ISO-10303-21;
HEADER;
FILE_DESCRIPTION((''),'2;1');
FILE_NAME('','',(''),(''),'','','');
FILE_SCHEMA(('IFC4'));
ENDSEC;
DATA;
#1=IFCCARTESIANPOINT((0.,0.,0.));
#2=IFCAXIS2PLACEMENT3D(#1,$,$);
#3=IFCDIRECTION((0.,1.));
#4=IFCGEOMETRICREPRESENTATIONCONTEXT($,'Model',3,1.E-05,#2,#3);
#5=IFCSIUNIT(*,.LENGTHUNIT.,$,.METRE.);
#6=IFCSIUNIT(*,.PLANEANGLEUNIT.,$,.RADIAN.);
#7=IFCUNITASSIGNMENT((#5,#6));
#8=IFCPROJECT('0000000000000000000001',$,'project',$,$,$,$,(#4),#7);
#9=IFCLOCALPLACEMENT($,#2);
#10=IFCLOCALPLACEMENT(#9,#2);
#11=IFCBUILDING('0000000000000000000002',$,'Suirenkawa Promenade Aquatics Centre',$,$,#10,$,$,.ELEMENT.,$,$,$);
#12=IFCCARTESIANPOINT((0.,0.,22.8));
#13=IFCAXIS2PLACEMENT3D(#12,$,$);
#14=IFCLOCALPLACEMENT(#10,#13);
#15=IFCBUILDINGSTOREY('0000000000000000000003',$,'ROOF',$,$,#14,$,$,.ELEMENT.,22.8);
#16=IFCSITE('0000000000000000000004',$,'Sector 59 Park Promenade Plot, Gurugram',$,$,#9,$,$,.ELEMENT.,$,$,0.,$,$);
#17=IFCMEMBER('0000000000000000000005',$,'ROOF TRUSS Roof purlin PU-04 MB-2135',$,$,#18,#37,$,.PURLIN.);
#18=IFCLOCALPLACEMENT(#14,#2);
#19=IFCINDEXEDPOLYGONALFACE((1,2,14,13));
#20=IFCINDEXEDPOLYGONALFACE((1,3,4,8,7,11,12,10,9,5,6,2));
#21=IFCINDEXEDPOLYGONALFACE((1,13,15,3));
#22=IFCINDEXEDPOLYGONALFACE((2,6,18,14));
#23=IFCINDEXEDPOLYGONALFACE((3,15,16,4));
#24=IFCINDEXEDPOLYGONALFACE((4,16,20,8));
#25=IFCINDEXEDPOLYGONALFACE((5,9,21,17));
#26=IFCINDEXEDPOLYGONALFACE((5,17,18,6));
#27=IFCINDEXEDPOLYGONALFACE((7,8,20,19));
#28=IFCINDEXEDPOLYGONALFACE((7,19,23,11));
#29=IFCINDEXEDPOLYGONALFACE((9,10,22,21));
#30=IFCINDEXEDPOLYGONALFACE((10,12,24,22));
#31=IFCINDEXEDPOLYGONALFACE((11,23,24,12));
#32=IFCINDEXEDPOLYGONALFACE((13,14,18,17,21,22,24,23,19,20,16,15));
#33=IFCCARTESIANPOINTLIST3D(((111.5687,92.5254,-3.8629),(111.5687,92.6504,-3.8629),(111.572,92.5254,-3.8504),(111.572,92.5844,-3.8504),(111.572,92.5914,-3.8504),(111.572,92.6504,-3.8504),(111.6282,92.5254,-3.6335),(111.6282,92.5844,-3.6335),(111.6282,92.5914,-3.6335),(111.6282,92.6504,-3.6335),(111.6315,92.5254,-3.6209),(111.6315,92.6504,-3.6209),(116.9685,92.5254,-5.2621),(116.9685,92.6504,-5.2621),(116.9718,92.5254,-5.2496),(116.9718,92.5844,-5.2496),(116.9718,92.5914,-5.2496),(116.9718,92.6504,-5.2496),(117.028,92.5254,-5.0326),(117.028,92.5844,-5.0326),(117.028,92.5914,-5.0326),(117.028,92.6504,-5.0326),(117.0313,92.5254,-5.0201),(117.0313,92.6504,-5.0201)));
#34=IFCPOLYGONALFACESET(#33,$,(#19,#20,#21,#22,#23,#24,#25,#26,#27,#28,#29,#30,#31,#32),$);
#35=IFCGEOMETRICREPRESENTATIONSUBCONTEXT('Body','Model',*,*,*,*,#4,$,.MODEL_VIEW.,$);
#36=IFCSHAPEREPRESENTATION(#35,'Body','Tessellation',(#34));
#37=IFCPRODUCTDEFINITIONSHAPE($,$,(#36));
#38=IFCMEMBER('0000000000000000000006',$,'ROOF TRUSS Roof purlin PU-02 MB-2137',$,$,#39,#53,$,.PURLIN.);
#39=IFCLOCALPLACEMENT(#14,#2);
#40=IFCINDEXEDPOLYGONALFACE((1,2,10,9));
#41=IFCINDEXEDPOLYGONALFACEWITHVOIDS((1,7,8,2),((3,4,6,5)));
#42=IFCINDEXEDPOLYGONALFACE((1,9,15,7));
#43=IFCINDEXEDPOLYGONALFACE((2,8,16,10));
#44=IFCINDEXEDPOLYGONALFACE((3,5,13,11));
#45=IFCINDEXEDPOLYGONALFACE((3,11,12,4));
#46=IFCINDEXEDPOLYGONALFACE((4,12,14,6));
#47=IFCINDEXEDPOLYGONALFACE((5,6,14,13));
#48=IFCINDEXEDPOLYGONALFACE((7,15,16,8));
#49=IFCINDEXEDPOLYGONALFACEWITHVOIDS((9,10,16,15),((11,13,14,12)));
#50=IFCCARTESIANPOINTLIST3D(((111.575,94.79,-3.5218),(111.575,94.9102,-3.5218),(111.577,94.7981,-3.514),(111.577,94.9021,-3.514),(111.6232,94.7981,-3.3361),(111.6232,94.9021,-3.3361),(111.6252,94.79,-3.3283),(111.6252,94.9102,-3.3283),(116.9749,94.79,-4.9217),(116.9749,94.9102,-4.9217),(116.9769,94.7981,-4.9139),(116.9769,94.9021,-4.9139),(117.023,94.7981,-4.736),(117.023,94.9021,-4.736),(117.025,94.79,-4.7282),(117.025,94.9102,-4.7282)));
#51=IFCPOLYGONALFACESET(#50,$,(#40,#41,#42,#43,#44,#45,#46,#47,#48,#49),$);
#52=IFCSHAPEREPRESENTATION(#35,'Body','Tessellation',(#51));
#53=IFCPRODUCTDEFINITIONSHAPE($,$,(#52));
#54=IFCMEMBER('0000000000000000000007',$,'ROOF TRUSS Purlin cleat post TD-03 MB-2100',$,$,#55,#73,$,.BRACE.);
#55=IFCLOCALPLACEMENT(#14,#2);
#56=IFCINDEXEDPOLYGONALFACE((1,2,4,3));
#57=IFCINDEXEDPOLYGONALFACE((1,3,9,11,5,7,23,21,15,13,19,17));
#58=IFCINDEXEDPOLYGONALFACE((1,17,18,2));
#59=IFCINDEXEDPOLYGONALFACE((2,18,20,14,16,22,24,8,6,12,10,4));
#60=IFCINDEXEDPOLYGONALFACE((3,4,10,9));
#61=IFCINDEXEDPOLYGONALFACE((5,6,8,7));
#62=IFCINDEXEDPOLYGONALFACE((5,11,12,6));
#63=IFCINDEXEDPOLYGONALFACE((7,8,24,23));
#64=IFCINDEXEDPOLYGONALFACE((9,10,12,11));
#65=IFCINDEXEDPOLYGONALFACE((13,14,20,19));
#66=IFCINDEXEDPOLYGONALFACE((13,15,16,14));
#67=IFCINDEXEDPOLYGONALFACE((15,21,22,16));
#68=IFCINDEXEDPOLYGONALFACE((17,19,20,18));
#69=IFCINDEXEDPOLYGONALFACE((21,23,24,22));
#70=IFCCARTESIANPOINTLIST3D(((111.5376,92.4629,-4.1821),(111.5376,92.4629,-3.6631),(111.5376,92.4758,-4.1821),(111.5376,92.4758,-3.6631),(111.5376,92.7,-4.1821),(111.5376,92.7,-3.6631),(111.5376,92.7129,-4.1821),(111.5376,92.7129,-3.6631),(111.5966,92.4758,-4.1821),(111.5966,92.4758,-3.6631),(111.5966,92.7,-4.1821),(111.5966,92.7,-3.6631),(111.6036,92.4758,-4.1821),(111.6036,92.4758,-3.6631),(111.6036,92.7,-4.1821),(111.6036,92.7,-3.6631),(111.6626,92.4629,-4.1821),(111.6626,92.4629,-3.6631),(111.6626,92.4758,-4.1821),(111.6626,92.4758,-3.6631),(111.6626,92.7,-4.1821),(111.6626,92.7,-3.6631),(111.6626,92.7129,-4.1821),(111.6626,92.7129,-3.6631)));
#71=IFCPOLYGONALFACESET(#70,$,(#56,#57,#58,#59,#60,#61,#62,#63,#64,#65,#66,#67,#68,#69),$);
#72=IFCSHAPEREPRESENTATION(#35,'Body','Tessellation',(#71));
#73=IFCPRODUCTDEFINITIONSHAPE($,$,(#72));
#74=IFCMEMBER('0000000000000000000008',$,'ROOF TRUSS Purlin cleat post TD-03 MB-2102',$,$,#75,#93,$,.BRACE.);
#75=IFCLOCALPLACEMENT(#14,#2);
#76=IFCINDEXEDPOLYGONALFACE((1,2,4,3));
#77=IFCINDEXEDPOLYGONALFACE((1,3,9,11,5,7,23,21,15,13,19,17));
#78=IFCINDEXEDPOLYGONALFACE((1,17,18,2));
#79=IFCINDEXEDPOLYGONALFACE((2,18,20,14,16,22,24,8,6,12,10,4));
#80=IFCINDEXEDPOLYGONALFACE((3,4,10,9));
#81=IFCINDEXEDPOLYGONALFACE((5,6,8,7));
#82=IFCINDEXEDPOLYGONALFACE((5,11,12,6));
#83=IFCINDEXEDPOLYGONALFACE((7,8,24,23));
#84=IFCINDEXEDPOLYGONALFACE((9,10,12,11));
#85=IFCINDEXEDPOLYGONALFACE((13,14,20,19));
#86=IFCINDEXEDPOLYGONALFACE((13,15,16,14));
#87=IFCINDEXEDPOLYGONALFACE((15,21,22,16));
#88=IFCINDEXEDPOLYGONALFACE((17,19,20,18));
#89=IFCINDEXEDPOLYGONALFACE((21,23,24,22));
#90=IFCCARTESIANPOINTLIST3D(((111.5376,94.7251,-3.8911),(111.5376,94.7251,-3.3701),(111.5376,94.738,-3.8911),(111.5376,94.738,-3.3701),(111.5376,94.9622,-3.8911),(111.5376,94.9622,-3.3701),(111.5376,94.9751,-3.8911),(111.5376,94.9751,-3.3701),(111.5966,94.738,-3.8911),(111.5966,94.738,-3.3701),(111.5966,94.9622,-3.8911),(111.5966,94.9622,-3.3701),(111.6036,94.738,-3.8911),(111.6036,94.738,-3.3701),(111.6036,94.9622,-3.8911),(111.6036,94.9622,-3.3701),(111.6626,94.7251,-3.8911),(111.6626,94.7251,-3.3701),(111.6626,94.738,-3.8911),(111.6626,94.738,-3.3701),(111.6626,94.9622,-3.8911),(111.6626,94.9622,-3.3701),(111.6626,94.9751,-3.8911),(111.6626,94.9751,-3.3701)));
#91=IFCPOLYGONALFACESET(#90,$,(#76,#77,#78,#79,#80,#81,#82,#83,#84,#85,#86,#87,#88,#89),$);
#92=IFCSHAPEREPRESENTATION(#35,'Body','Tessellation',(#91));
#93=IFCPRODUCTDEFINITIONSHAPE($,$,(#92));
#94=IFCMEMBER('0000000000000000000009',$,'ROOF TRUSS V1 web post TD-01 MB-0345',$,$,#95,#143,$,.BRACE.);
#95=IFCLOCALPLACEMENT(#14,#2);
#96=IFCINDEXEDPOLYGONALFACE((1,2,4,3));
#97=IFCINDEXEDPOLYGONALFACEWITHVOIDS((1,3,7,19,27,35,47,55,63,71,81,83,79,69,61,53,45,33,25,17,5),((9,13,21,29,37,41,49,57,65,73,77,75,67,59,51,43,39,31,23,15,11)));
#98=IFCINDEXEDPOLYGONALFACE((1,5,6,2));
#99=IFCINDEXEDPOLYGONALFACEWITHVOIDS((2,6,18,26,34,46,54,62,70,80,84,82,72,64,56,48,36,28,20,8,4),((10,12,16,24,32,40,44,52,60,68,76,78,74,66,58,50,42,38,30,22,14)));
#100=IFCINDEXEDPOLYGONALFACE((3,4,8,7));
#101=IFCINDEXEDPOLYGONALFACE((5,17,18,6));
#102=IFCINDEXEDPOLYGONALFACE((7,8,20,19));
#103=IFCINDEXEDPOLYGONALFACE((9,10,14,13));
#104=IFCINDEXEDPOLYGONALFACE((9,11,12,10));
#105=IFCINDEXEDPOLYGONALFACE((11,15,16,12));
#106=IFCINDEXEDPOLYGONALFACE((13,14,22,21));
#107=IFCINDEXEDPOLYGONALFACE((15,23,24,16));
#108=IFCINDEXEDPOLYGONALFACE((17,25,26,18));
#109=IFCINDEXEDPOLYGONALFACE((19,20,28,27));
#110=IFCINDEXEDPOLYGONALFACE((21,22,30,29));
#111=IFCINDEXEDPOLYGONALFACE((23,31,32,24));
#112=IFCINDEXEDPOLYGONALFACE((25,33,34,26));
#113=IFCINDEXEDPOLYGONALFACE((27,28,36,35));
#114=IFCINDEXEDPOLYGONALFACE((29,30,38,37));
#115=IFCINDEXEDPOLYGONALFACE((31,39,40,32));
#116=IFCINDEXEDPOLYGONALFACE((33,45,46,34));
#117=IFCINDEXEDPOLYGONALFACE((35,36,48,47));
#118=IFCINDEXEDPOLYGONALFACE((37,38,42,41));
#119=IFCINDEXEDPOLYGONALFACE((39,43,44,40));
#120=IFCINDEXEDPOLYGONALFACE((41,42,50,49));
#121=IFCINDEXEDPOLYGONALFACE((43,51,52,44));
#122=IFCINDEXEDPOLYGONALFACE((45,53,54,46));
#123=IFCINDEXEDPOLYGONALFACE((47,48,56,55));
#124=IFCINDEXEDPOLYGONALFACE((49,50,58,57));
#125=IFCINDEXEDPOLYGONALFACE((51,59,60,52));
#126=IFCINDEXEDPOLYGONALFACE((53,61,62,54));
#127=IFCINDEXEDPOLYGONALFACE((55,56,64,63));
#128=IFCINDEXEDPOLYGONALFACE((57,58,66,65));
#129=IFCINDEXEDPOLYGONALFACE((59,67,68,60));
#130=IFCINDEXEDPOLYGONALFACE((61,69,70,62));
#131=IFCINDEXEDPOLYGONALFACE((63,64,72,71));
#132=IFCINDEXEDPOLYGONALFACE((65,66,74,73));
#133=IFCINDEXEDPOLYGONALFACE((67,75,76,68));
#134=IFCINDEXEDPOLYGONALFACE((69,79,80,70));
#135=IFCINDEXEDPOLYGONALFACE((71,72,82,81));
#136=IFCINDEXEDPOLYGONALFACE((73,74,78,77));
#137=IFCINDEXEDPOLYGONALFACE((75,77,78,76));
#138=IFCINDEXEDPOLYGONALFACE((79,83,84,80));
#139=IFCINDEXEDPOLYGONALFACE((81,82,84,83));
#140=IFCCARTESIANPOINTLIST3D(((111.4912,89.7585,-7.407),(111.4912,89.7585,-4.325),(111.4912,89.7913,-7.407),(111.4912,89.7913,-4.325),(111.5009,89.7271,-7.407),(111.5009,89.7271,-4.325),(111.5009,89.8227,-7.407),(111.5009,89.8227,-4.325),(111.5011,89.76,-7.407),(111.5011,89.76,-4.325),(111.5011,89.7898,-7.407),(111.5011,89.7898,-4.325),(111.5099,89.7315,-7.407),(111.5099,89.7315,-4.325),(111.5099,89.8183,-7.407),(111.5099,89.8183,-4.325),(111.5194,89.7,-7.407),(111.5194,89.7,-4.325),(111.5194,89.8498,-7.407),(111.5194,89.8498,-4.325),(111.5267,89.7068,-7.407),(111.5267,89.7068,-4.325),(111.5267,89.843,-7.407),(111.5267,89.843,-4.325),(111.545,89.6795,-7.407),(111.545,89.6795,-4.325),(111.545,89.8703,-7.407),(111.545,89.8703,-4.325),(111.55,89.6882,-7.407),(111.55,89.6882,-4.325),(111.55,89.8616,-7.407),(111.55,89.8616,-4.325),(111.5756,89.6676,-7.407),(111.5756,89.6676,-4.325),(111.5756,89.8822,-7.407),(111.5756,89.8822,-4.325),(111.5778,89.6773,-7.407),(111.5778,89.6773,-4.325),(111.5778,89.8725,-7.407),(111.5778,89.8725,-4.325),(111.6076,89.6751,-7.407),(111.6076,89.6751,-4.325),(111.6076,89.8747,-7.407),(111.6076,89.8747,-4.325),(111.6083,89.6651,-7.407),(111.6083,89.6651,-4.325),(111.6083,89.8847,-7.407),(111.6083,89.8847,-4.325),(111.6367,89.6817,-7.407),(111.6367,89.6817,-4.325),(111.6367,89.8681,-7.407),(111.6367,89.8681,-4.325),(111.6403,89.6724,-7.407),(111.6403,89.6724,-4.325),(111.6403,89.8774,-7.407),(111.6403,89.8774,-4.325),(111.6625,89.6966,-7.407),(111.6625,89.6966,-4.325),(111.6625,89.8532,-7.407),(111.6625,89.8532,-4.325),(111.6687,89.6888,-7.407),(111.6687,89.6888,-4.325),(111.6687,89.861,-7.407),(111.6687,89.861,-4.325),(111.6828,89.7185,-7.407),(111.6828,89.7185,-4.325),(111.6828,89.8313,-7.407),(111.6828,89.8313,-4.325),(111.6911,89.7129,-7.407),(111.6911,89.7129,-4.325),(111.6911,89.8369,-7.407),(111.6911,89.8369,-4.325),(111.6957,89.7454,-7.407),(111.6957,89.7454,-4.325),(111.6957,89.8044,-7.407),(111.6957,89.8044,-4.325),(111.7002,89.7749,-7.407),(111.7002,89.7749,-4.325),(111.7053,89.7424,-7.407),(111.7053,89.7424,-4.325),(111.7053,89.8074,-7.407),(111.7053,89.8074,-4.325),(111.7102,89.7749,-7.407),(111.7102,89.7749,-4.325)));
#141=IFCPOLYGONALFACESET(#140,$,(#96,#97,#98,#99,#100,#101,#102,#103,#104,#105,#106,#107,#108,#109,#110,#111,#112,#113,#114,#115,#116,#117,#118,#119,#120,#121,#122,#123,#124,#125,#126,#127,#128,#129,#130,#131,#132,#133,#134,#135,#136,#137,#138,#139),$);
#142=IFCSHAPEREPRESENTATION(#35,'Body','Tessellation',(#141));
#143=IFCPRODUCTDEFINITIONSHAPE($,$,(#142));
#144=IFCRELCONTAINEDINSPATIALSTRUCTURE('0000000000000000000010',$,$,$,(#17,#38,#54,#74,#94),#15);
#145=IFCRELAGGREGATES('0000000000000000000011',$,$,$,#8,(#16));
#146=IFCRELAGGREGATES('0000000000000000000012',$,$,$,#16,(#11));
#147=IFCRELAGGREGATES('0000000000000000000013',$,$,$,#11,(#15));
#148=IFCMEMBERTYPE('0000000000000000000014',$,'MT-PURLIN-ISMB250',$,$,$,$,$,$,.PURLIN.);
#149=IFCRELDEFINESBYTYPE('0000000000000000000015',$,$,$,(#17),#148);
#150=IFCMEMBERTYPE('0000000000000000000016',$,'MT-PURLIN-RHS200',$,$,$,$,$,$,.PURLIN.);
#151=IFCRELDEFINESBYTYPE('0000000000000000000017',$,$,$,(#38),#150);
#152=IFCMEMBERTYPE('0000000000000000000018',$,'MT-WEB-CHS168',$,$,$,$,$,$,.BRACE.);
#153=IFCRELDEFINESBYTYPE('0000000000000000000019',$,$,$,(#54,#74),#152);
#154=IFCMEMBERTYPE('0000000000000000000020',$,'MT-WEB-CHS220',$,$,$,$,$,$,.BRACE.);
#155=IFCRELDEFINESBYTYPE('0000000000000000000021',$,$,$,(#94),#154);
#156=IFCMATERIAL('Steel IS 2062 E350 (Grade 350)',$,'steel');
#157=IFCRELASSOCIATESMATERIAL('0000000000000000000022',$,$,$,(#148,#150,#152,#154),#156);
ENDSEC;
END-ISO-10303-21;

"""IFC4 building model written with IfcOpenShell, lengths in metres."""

from ifc_helpers import new_model, si_unit, direction, frame, origin, origin_2d, place, context, subcontext, project, spatial, hollow_rectangle, hollow_circle, i_section, extrude, material, material_profile, profile_set, type_object, element, save


model = new_model("IFC4")

# Units and contexts
model_context = context("Model", 3, precision=1e-05, world=origin(), true_north=direction((0.0, 1.0)))
body_context = subcontext(model_context, "Body", "Model", "MODEL_VIEW")
ifc_project = project(units=[si_unit("LENGTHUNIT", "METRE"), si_unit("PLANEANGLEUNIT", "RADIAN")], contexts=[model_context])

# Site, building, storey
site_placement = place(None, origin())
site = spatial("IfcSite", under=ifc_project, at=site_placement, Name="Sector 59 Park Promenade Plot, Gurugram", CompositionType="ELEMENT", RefElevation=0.0)
building_placement = place(site_placement, origin())
building = spatial("IfcBuilding", under=site, at=building_placement, Name="Suirenkawa Promenade Aquatics Centre", CompositionType="ELEMENT")
storey_placement = place(building_placement, frame((0.0, 0.0, 22.8)))
storey = spatial("IfcBuildingStorey", under=building, at=storey_placement, Name="ROOF", CompositionType="ELEMENT", Elevation=22.8)

# Shared definitions
ifc_material_1 = material(Name="Steel IS 2062 E350 (Grade 350)", Category="steel")

# Members
ifc_material_profile_1 = material_profile(ifc_material_1, i_section(OverallWidth=0.125, OverallDepth=0.25, WebThickness=0.0071, FlangeThickness=0.0129, at=origin_2d()), Name="ISMB 250", Category="steel")
ifc_profile_set_1 = profile_set([ifc_material_profile_1], Name="Steel IS 2062 E350 (Grade 350)")
member_type_1 = type_object("IfcMemberType", Name="MT-PURLIN-ISMB250", PredefinedType="PURLIN", material=ifc_profile_set_1)
member_1_placement = place(storey_placement, frame((111.6001, 92.5879, -3.7419), z_axis=(0.968032, 0.0, -0.250827), x_axis=(0.0, 1.0, 0.0)))
element("IfcMember", 1, at=member_1_placement, inside=storey, type_object=member_type_1, Name="ROOF TRUSS Roof purlin PU-04 MB-2135", PredefinedType="PURLIN", context=body_context, shape_type="SweptSolid", body=[
    extrude(i_section(OverallWidth=0.125, OverallDepth=0.25, WebThickness=0.0071, FlangeThickness=0.0129, at=origin_2d()), origin(), (0.0, 0.0, 1.0), 5.5781),
])
ifc_material_profile_2 = material_profile(ifc_material_1, hollow_rectangle(XDim=0.1201, YDim=0.2, WallThickness=0.0081, at=origin_2d()), Name="RHS 200x120x8", Category="steel")
ifc_profile_set_2 = profile_set([ifc_material_profile_2], Name="Steel IS 2062 E350 (Grade 350)")
member_type_2 = type_object("IfcMemberType", Name="MT-PURLIN-RHS200", PredefinedType="PURLIN", material=ifc_profile_set_2)
member_2_placement = place(storey_placement, frame((111.6001, 94.8501, -3.425), z_axis=(0.968, 0.0, -0.25095), x_axis=(0.0, 1.0, 0.0)))
element("IfcMember", 2, at=member_2_placement, inside=storey, type_object=member_type_2, Name="ROOF TRUSS Roof purlin PU-02 MB-2137", PredefinedType="PURLIN", context=body_context, shape_type="SweptSolid", body=[
    extrude(hollow_rectangle(XDim=0.1201, YDim=0.2, WallThickness=0.0081, at=origin_2d()), origin(), (0.0, 0.0, 1.0), 5.5784),
])
ifc_material_profile_3 = material_profile(ifc_material_1, i_section(OverallWidth=0.125, OverallDepth=0.25, WebThickness=0.0071, FlangeThickness=0.0129, at=origin_2d()), Name="ISMB 250", Category="steel")
ifc_profile_set_3 = profile_set([ifc_material_profile_3], Name="Steel IS 2062 E350 (Grade 350)")
member_type_3 = type_object("IfcMemberType", Name="MT-WEB-CHS168", PredefinedType="BRACE", material=ifc_profile_set_3)
member_3_placement = place(storey_placement, frame((111.6001, 92.5879, -4.1821), z_axis=(0.0, 0.0, 1.0), x_axis=(1.0, 0.0, 0.0)))
element("IfcMember", 3, at=member_3_placement, inside=storey, type_object=member_type_3, Name="ROOF TRUSS Purlin cleat post TD-03 MB-2100", PredefinedType="BRACE", context=body_context, shape_type="SweptSolid", body=[
    extrude(i_section(OverallWidth=0.125, OverallDepth=0.25, WebThickness=0.0071, FlangeThickness=0.0129, at=origin_2d()), origin(), (0.0, 0.0, 1.0), 0.519),
])
member_4_placement = place(storey_placement, frame((111.6001, 94.8501, -3.8911), z_axis=(0.0, 0.0, 1.0), x_axis=(1.0, 0.0, 0.0)))
element("IfcMember", 4, at=member_4_placement, inside=storey, type_object=member_type_3, Name="ROOF TRUSS Purlin cleat post TD-03 MB-2102", PredefinedType="BRACE", context=body_context, shape_type="SweptSolid", body=[
    extrude(i_section(OverallWidth=0.125, OverallDepth=0.25, WebThickness=0.0071, FlangeThickness=0.0129, at=origin_2d()), origin(), (0.0, 0.0, 1.0), 0.521),
])
ifc_material_profile_4 = material_profile(ifc_material_1, hollow_circle(Radius=0.1101, WallThickness=0.01, at=origin_2d()), Name="CHS 220x10", Category="steel")
ifc_profile_set_4 = profile_set([ifc_material_profile_4], Name="Steel IS 2062 E350 (Grade 350)")
member_type_4 = type_object("IfcMemberType", Name="MT-WEB-CHS220", PredefinedType="BRACE", material=ifc_profile_set_4)
member_5_placement = place(storey_placement, frame((111.6001, 89.7749, -7.407), z_axis=(0.0, 0.0, 1.0), x_axis=(1.0, 0.0, 0.0)))
element("IfcMember", 5, at=member_5_placement, inside=storey, type_object=member_type_4, Name="ROOF TRUSS V1 web post TD-01 MB-0345", PredefinedType="BRACE", context=body_context, shape_type="SweptSolid", body=[
    extrude(hollow_circle(Radius=0.1101, WallThickness=0.01, at=origin_2d()), origin(), (0.0, 0.0, 1.0), 3.082),
])

save(model, "model.ifc")
